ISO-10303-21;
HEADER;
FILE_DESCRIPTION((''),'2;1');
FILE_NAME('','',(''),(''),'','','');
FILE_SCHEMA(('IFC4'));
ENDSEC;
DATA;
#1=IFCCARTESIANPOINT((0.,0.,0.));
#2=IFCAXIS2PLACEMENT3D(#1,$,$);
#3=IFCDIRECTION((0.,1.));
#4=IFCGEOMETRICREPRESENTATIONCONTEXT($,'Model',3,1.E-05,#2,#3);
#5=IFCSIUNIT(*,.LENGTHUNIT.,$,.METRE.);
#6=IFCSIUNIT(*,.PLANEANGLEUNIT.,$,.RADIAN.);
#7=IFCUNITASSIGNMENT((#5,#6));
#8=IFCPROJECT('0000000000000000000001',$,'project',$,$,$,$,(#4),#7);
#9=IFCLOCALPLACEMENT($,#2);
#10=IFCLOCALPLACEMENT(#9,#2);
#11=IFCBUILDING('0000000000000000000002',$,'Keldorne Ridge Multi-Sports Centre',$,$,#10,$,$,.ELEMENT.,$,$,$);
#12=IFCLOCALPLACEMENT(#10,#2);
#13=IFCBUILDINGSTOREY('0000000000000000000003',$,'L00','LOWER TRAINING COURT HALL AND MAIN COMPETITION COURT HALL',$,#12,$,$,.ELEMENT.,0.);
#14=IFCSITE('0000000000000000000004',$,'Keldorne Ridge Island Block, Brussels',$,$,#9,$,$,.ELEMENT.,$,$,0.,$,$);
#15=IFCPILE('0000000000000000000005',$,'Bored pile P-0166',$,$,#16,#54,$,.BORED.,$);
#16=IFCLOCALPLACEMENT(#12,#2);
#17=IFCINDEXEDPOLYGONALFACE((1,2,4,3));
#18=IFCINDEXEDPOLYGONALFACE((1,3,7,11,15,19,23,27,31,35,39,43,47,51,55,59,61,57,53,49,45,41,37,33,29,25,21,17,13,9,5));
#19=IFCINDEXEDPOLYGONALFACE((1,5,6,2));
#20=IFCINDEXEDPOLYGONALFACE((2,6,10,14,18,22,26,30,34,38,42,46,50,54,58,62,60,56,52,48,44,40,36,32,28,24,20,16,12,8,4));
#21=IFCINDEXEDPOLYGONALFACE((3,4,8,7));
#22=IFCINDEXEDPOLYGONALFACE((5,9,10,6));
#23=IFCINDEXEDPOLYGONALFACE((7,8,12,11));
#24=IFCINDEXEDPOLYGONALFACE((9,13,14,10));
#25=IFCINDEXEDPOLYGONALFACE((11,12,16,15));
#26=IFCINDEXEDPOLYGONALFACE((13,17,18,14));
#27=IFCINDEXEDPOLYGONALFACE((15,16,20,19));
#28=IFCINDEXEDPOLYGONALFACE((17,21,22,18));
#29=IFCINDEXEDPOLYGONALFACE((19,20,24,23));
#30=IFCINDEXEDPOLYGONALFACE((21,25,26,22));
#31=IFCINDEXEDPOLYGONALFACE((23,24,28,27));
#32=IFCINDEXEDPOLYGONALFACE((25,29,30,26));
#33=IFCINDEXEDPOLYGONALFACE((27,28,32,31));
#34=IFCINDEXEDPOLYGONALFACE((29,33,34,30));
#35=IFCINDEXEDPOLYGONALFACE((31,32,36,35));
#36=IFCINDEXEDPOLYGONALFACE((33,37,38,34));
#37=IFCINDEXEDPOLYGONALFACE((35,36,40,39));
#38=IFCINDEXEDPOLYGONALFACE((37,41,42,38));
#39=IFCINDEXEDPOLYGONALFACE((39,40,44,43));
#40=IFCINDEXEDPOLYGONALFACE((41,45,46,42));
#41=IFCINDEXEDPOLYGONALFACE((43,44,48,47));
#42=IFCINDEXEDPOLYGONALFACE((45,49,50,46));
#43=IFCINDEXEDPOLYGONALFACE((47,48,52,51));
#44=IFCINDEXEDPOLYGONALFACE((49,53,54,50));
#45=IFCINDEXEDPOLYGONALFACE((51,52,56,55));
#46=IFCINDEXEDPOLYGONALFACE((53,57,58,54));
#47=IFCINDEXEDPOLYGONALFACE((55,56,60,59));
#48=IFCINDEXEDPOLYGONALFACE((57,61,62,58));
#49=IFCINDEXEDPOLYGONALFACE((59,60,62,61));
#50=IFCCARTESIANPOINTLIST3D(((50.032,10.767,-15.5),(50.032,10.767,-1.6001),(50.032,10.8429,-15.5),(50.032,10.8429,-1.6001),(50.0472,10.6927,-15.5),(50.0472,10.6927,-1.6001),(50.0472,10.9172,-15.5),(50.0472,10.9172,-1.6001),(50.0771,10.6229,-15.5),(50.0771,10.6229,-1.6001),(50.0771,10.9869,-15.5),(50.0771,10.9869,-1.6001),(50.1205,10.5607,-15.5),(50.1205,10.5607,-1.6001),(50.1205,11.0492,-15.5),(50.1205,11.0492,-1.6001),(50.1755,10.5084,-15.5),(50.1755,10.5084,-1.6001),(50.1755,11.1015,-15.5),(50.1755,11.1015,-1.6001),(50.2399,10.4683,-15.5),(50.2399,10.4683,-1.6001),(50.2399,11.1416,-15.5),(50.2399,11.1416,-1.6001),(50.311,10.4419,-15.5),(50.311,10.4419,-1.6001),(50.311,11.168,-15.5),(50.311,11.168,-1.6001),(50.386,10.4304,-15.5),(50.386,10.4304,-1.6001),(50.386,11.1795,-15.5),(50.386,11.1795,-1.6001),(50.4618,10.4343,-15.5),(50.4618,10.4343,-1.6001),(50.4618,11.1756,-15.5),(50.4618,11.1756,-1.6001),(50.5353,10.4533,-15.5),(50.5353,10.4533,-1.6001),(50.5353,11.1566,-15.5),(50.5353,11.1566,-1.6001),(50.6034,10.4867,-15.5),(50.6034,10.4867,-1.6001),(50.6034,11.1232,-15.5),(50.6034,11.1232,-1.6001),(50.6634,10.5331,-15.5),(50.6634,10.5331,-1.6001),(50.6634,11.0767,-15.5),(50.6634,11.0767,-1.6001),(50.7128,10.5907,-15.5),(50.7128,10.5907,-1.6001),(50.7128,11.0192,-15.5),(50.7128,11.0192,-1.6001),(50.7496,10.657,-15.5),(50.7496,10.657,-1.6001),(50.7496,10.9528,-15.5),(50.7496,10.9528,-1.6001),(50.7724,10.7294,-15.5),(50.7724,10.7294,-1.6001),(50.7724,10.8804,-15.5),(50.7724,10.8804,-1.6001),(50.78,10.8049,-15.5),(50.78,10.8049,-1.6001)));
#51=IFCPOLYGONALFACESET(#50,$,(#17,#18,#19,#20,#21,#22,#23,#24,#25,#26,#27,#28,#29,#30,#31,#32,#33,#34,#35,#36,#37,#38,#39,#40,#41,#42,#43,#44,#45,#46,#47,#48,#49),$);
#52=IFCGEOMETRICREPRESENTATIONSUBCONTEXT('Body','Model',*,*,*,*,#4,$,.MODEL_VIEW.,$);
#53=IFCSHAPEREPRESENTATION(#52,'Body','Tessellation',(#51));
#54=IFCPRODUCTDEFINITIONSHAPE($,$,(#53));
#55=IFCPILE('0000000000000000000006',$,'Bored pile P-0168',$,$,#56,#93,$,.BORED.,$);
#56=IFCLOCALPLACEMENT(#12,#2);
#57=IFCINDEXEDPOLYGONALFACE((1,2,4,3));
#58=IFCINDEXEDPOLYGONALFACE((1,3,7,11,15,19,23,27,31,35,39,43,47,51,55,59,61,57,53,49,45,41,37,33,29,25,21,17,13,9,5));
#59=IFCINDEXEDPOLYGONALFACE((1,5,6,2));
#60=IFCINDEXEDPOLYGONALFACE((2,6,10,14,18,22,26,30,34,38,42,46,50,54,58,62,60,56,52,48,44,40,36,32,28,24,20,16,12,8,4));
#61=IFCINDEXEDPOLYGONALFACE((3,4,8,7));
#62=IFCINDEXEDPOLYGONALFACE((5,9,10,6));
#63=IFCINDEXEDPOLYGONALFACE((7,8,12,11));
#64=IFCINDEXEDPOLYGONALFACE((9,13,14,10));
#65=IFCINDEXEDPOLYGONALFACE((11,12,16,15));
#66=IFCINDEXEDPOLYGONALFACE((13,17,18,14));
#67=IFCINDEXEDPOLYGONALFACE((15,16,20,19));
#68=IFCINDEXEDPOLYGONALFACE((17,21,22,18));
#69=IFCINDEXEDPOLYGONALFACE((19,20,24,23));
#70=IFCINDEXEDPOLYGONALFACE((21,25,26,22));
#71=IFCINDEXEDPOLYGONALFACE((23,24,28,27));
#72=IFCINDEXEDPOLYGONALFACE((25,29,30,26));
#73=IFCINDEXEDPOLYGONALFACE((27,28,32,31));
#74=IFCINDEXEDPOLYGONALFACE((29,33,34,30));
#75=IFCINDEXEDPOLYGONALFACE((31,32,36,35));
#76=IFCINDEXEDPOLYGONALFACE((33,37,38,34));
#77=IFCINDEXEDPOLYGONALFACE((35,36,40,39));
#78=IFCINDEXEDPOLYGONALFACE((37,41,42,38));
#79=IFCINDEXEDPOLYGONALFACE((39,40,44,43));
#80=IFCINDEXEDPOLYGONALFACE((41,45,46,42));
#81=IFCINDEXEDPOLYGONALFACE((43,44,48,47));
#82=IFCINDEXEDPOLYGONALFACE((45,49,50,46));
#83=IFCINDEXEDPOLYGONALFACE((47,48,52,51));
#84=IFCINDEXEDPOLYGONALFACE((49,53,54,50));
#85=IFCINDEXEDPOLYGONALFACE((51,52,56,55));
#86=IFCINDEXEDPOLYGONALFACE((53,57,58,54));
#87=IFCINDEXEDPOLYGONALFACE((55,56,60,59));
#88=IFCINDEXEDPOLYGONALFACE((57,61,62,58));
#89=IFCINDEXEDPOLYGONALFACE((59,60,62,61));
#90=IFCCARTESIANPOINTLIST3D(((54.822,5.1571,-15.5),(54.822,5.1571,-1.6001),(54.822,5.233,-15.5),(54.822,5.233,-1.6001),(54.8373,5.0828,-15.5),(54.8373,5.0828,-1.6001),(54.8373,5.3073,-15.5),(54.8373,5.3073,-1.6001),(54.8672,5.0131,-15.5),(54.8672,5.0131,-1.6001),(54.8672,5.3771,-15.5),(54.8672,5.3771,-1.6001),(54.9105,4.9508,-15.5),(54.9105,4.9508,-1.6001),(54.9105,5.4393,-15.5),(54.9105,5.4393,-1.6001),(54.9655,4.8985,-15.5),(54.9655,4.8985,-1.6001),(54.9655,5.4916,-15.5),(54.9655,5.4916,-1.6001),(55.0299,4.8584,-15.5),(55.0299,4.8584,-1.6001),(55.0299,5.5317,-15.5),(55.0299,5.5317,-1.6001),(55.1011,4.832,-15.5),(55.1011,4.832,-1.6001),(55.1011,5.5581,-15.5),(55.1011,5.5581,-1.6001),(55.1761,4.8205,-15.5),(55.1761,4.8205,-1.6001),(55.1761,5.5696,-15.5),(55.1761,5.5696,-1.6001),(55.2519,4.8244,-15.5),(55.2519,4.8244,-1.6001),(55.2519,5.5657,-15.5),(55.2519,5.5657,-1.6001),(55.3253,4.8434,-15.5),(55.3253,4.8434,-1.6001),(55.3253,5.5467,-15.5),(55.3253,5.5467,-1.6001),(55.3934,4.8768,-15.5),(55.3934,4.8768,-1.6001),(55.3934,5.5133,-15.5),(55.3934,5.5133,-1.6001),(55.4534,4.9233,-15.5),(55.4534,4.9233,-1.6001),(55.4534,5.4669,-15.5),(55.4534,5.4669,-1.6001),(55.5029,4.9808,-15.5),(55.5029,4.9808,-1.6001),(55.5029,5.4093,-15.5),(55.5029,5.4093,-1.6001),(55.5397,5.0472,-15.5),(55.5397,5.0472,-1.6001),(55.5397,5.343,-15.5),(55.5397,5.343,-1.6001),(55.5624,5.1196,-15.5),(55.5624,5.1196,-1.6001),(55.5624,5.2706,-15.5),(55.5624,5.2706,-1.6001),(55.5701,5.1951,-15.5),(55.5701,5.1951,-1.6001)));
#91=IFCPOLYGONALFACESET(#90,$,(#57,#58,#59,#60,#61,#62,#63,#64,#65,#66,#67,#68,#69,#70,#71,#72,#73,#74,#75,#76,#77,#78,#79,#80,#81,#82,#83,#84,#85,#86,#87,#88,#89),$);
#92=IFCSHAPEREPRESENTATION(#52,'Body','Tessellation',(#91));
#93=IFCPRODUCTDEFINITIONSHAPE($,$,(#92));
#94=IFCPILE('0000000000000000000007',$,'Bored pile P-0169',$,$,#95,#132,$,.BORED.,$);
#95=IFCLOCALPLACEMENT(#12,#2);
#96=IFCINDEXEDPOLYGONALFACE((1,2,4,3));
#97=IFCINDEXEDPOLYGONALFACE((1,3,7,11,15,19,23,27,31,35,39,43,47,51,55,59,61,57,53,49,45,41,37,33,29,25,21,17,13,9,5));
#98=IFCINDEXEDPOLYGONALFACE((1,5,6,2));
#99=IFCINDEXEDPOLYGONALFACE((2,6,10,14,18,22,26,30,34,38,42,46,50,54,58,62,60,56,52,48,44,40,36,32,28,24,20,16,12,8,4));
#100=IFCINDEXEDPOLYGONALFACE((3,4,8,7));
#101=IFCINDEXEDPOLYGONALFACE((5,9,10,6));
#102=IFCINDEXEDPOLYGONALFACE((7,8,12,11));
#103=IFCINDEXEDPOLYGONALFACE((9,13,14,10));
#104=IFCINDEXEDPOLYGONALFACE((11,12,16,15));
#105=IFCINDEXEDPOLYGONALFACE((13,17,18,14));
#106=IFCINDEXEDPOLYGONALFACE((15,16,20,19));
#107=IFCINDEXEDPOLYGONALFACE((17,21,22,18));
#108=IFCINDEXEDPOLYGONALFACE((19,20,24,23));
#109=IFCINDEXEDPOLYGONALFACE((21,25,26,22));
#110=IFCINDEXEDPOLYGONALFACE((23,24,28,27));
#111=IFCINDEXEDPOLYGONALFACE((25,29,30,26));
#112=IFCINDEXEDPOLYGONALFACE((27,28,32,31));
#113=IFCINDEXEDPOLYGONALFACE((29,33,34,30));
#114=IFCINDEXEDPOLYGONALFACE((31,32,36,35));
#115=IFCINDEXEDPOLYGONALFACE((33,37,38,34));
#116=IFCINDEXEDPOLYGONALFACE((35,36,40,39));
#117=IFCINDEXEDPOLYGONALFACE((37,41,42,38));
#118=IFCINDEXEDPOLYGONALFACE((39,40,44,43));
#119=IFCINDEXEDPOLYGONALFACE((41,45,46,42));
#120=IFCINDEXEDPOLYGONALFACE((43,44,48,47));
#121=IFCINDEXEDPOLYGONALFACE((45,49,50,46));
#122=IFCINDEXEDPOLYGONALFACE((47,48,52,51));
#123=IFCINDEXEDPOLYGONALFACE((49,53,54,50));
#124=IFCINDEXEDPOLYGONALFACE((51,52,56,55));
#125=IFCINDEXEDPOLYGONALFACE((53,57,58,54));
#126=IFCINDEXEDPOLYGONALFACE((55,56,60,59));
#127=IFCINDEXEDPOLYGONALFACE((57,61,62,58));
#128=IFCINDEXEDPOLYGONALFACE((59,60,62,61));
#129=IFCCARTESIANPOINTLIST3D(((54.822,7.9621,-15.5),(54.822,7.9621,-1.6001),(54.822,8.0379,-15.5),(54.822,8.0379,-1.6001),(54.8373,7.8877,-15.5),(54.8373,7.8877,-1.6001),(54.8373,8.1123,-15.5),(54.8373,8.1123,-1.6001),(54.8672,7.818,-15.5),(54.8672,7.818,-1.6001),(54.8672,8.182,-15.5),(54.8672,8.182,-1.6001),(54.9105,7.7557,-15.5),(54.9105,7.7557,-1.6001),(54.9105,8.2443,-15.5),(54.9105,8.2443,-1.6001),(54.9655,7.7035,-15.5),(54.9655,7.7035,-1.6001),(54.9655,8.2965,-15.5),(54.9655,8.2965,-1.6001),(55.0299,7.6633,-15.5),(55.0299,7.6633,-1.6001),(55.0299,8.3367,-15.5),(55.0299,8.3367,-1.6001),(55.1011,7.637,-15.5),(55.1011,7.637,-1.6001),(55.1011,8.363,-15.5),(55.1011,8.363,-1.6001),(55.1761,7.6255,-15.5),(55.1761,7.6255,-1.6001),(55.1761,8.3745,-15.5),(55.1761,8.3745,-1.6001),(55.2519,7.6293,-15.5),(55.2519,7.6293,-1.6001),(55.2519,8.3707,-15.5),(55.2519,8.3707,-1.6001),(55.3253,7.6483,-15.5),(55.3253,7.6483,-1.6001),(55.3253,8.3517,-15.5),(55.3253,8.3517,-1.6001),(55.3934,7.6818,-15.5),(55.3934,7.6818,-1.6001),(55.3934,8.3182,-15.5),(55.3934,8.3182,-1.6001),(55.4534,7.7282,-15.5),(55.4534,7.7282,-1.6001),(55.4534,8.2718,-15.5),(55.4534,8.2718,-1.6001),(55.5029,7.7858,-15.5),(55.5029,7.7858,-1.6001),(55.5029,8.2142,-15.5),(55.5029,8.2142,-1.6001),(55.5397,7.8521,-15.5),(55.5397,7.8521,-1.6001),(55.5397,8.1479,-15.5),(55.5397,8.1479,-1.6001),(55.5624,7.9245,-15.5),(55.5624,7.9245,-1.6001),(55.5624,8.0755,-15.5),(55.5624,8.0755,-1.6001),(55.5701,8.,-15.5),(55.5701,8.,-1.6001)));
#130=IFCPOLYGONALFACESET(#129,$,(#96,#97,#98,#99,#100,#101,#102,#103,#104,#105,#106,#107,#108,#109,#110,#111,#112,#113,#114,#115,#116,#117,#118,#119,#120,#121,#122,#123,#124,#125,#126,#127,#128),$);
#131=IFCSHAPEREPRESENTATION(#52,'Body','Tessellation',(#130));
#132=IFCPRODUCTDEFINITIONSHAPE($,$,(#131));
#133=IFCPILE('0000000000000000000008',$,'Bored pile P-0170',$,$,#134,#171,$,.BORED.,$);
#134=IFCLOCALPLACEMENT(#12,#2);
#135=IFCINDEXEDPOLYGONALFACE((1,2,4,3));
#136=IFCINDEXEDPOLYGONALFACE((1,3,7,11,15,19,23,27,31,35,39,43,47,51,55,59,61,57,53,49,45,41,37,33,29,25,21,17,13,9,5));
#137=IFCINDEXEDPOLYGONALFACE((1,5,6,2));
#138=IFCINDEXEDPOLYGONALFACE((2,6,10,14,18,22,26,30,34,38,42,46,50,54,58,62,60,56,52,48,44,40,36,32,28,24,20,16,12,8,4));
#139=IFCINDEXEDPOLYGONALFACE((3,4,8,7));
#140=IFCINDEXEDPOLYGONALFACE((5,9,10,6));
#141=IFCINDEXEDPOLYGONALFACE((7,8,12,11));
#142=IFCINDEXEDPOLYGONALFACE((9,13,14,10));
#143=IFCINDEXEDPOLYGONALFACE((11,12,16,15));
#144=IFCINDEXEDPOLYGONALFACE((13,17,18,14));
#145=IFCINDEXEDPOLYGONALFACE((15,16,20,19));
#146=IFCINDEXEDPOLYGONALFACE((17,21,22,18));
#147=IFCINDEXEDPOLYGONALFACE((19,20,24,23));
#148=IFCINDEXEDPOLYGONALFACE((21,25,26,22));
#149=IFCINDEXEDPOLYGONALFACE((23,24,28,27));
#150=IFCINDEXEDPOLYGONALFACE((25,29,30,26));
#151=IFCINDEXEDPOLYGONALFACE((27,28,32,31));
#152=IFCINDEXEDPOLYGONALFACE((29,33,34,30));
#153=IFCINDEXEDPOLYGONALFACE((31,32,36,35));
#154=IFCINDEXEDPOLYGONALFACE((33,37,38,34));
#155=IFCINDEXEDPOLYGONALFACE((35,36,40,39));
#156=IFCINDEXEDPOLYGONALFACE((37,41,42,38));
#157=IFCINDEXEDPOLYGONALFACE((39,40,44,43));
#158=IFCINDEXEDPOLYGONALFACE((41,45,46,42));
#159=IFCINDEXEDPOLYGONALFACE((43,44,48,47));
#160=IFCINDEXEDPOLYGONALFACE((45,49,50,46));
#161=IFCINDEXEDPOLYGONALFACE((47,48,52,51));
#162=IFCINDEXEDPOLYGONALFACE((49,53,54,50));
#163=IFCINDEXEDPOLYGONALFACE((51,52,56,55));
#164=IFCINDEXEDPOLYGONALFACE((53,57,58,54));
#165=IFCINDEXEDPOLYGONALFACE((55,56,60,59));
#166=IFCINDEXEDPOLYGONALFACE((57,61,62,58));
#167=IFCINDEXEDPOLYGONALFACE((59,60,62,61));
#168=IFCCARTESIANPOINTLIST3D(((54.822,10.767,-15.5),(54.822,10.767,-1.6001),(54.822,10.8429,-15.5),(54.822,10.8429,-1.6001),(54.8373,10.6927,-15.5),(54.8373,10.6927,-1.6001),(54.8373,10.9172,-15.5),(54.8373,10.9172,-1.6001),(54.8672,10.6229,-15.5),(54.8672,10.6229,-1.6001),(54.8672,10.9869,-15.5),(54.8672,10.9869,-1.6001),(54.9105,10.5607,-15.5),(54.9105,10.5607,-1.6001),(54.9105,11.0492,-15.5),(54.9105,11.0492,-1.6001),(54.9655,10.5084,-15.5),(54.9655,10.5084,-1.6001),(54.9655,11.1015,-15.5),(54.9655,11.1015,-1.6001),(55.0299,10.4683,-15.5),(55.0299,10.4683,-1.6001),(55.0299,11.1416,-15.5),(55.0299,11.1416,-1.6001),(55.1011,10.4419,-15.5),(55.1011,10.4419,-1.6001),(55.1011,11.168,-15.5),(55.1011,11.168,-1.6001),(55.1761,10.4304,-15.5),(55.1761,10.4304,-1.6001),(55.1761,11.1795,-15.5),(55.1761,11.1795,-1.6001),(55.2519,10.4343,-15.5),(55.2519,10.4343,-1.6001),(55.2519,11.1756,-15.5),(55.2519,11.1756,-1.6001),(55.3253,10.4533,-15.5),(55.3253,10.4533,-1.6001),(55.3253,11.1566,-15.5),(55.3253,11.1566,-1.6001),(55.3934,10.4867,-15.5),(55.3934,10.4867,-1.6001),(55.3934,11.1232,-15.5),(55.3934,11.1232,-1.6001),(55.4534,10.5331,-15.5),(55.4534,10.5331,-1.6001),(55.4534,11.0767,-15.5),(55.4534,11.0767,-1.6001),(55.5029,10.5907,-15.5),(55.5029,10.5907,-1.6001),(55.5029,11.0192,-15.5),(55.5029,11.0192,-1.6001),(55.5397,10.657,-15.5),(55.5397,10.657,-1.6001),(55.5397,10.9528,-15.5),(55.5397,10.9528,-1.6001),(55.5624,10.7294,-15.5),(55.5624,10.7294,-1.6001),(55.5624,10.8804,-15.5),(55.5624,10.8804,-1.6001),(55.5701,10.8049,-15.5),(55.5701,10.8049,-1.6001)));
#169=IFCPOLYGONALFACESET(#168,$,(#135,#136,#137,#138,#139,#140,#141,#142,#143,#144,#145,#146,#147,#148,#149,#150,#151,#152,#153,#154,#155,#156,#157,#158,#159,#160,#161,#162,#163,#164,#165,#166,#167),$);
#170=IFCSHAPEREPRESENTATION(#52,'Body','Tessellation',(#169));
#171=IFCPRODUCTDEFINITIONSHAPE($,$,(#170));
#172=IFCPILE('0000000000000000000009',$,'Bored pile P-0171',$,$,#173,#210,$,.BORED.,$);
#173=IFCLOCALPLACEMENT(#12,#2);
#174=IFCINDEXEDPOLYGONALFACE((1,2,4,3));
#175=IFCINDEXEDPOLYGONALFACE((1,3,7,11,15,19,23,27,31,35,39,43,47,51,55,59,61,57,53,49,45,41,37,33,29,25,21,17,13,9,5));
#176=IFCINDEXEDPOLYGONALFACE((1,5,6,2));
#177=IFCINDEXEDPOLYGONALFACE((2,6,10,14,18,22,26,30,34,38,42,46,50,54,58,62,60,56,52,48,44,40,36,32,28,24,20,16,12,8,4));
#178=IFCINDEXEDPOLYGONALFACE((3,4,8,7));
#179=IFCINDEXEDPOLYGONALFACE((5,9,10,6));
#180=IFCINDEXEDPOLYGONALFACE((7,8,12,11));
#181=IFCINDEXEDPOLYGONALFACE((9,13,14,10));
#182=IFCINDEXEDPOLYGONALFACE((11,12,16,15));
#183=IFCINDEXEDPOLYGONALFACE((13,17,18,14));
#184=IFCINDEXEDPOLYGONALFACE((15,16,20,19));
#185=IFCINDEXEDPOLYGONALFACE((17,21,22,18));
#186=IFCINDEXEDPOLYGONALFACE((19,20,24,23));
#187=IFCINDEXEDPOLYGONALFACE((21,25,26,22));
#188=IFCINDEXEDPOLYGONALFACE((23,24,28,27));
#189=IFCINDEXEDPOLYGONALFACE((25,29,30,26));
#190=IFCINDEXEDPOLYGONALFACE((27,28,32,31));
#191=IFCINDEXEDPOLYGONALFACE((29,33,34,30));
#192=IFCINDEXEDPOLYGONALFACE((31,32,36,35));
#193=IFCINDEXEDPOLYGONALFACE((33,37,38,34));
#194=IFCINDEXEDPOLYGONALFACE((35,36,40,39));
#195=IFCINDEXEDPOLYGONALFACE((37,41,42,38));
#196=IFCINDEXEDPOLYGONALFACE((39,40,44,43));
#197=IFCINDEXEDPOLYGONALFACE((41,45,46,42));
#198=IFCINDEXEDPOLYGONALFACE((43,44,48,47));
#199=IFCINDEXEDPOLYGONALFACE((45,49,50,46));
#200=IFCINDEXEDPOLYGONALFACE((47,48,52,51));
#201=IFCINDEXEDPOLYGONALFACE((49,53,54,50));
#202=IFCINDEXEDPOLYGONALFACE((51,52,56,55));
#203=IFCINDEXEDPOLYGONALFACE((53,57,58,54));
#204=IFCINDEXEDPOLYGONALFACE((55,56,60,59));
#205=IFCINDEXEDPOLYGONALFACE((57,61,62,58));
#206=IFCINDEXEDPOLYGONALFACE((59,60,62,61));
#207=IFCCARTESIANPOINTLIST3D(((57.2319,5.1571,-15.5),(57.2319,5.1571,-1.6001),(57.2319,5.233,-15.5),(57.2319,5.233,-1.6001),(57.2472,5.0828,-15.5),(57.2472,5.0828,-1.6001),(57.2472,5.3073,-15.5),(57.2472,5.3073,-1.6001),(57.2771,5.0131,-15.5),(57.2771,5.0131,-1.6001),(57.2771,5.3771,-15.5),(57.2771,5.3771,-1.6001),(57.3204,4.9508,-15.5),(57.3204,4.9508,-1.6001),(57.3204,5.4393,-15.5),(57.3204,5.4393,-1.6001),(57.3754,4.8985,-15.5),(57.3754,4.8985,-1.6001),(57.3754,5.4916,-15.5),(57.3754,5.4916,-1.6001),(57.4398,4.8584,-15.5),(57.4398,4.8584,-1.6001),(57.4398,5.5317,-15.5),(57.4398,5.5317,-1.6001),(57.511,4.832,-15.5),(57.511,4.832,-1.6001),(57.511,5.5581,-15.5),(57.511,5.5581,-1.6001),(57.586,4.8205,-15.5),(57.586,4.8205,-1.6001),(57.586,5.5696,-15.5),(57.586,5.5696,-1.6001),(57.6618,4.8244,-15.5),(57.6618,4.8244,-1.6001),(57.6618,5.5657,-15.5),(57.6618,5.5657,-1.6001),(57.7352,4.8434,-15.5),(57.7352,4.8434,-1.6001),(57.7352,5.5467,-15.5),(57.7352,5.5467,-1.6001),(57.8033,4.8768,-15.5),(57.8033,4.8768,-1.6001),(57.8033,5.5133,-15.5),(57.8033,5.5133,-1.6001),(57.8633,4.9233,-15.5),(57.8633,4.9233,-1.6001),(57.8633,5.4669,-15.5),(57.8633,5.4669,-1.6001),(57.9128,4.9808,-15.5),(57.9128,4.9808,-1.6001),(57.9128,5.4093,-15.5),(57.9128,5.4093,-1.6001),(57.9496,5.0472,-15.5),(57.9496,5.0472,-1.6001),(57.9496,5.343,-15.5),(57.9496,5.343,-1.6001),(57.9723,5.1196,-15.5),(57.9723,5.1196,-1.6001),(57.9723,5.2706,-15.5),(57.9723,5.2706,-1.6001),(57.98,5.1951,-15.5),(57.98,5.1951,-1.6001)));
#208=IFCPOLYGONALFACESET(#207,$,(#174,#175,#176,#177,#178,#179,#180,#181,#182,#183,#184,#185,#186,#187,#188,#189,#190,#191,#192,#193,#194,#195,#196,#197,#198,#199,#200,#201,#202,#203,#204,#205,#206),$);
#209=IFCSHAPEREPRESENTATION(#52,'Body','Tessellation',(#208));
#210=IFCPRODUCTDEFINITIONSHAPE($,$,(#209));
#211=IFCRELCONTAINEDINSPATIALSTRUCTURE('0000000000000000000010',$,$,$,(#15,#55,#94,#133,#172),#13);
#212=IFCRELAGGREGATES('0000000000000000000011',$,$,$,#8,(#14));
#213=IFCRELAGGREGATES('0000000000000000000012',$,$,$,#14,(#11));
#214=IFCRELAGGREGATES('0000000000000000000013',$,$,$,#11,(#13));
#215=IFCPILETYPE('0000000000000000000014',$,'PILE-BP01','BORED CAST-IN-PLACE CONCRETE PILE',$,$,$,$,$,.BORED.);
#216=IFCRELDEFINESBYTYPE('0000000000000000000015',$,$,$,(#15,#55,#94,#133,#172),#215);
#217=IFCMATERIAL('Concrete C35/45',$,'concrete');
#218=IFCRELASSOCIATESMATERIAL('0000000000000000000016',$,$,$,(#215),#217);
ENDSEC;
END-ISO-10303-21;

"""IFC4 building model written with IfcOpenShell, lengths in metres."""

from ifc_helpers import new_model, si_unit, direction, frame, origin, origin_2d, place, context, subcontext, project, spatial, circle, extrude, material, material_profile, profile_set, type_object, element, save


model = new_model("IFC4")

# Units and contexts
model_context = context("Model", 3, precision=1e-05, world=origin(), true_north=direction((0.0, 1.0)))
body_context = subcontext(model_context, "Body", "Model", "MODEL_VIEW")
ifc_project = project(units=[si_unit("LENGTHUNIT", "METRE"), si_unit("PLANEANGLEUNIT", "RADIAN")], contexts=[model_context])

# Site, building, storey
site_placement = place(None, origin())
site = spatial("IfcSite", under=ifc_project, at=site_placement, Name="Keldorne Ridge Island Block, Brussels", CompositionType="ELEMENT", RefElevation=0.0)
building_placement = place(site_placement, origin())
building = spatial("IfcBuilding", under=site, at=building_placement, Name="Keldorne Ridge Multi-Sports Centre", CompositionType="ELEMENT")
storey_placement = place(building_placement, origin())
storey = spatial("IfcBuildingStorey", under=building, at=storey_placement, Name="L00", Description="LOWER TRAINING COURT HALL AND MAIN COMPETITION COURT HALL", CompositionType="ELEMENT", Elevation=0.0)

# Shared definitions
ifc_material_1 = material(Name="Concrete C35/45", Category="concrete")

# Piles
ifc_material_profile_1 = material_profile(ifc_material_1, circle(Radius=0.375, at=origin_2d()), Name="BORED PILE D750")
ifc_profile_set_1 = profile_set([ifc_material_profile_1], Name="Concrete C35/45")
pile_type = type_object("IfcPileType", Name="PILE-BP01", Description="BORED CAST-IN-PLACE CONCRETE PILE", PredefinedType="BORED", material=ifc_profile_set_1)
for number, where, z_axis, x_axis, name in (
    (1, (50.405, 10.8049, -1.6001), (0.0, 0.0, -1.0), (1.0, 0.0, 0.0), "Bored pile P-0166"),
    (2, (55.1951, 5.1951, -1.6001), (0.0, 0.0, -1.0), (1.0, 0.0, 0.0), "Bored pile P-0168"),
    (3, (55.1951, 8.0, -1.6001), (0.0, 0.0, -1.0), (1.0, 0.0, 0.0), "Bored pile P-0169"),
    (4, (55.1951, 10.8049, -1.6001), (0.0, 0.0, -1.0), (1.0, 0.0, 0.0), "Bored pile P-0170"),
    (5, (57.605, 5.1951, -1.6001), (0.0, 0.0, -1.0), (1.0, 0.0, 0.0), "Bored pile P-0171"),
):
    element("IfcPile", number, at=place(storey_placement, frame(where, z_axis=z_axis, x_axis=x_axis)), inside=storey, type_object=pile_type, Name=name, PredefinedType="BORED", context=body_context, shape_type="SweptSolid", body=[
        extrude(circle(Radius=0.375, at=origin_2d()), origin(), (0.0, 0.0, 1.0), 13.8999),
    ])

save(model, "model.ifc")
